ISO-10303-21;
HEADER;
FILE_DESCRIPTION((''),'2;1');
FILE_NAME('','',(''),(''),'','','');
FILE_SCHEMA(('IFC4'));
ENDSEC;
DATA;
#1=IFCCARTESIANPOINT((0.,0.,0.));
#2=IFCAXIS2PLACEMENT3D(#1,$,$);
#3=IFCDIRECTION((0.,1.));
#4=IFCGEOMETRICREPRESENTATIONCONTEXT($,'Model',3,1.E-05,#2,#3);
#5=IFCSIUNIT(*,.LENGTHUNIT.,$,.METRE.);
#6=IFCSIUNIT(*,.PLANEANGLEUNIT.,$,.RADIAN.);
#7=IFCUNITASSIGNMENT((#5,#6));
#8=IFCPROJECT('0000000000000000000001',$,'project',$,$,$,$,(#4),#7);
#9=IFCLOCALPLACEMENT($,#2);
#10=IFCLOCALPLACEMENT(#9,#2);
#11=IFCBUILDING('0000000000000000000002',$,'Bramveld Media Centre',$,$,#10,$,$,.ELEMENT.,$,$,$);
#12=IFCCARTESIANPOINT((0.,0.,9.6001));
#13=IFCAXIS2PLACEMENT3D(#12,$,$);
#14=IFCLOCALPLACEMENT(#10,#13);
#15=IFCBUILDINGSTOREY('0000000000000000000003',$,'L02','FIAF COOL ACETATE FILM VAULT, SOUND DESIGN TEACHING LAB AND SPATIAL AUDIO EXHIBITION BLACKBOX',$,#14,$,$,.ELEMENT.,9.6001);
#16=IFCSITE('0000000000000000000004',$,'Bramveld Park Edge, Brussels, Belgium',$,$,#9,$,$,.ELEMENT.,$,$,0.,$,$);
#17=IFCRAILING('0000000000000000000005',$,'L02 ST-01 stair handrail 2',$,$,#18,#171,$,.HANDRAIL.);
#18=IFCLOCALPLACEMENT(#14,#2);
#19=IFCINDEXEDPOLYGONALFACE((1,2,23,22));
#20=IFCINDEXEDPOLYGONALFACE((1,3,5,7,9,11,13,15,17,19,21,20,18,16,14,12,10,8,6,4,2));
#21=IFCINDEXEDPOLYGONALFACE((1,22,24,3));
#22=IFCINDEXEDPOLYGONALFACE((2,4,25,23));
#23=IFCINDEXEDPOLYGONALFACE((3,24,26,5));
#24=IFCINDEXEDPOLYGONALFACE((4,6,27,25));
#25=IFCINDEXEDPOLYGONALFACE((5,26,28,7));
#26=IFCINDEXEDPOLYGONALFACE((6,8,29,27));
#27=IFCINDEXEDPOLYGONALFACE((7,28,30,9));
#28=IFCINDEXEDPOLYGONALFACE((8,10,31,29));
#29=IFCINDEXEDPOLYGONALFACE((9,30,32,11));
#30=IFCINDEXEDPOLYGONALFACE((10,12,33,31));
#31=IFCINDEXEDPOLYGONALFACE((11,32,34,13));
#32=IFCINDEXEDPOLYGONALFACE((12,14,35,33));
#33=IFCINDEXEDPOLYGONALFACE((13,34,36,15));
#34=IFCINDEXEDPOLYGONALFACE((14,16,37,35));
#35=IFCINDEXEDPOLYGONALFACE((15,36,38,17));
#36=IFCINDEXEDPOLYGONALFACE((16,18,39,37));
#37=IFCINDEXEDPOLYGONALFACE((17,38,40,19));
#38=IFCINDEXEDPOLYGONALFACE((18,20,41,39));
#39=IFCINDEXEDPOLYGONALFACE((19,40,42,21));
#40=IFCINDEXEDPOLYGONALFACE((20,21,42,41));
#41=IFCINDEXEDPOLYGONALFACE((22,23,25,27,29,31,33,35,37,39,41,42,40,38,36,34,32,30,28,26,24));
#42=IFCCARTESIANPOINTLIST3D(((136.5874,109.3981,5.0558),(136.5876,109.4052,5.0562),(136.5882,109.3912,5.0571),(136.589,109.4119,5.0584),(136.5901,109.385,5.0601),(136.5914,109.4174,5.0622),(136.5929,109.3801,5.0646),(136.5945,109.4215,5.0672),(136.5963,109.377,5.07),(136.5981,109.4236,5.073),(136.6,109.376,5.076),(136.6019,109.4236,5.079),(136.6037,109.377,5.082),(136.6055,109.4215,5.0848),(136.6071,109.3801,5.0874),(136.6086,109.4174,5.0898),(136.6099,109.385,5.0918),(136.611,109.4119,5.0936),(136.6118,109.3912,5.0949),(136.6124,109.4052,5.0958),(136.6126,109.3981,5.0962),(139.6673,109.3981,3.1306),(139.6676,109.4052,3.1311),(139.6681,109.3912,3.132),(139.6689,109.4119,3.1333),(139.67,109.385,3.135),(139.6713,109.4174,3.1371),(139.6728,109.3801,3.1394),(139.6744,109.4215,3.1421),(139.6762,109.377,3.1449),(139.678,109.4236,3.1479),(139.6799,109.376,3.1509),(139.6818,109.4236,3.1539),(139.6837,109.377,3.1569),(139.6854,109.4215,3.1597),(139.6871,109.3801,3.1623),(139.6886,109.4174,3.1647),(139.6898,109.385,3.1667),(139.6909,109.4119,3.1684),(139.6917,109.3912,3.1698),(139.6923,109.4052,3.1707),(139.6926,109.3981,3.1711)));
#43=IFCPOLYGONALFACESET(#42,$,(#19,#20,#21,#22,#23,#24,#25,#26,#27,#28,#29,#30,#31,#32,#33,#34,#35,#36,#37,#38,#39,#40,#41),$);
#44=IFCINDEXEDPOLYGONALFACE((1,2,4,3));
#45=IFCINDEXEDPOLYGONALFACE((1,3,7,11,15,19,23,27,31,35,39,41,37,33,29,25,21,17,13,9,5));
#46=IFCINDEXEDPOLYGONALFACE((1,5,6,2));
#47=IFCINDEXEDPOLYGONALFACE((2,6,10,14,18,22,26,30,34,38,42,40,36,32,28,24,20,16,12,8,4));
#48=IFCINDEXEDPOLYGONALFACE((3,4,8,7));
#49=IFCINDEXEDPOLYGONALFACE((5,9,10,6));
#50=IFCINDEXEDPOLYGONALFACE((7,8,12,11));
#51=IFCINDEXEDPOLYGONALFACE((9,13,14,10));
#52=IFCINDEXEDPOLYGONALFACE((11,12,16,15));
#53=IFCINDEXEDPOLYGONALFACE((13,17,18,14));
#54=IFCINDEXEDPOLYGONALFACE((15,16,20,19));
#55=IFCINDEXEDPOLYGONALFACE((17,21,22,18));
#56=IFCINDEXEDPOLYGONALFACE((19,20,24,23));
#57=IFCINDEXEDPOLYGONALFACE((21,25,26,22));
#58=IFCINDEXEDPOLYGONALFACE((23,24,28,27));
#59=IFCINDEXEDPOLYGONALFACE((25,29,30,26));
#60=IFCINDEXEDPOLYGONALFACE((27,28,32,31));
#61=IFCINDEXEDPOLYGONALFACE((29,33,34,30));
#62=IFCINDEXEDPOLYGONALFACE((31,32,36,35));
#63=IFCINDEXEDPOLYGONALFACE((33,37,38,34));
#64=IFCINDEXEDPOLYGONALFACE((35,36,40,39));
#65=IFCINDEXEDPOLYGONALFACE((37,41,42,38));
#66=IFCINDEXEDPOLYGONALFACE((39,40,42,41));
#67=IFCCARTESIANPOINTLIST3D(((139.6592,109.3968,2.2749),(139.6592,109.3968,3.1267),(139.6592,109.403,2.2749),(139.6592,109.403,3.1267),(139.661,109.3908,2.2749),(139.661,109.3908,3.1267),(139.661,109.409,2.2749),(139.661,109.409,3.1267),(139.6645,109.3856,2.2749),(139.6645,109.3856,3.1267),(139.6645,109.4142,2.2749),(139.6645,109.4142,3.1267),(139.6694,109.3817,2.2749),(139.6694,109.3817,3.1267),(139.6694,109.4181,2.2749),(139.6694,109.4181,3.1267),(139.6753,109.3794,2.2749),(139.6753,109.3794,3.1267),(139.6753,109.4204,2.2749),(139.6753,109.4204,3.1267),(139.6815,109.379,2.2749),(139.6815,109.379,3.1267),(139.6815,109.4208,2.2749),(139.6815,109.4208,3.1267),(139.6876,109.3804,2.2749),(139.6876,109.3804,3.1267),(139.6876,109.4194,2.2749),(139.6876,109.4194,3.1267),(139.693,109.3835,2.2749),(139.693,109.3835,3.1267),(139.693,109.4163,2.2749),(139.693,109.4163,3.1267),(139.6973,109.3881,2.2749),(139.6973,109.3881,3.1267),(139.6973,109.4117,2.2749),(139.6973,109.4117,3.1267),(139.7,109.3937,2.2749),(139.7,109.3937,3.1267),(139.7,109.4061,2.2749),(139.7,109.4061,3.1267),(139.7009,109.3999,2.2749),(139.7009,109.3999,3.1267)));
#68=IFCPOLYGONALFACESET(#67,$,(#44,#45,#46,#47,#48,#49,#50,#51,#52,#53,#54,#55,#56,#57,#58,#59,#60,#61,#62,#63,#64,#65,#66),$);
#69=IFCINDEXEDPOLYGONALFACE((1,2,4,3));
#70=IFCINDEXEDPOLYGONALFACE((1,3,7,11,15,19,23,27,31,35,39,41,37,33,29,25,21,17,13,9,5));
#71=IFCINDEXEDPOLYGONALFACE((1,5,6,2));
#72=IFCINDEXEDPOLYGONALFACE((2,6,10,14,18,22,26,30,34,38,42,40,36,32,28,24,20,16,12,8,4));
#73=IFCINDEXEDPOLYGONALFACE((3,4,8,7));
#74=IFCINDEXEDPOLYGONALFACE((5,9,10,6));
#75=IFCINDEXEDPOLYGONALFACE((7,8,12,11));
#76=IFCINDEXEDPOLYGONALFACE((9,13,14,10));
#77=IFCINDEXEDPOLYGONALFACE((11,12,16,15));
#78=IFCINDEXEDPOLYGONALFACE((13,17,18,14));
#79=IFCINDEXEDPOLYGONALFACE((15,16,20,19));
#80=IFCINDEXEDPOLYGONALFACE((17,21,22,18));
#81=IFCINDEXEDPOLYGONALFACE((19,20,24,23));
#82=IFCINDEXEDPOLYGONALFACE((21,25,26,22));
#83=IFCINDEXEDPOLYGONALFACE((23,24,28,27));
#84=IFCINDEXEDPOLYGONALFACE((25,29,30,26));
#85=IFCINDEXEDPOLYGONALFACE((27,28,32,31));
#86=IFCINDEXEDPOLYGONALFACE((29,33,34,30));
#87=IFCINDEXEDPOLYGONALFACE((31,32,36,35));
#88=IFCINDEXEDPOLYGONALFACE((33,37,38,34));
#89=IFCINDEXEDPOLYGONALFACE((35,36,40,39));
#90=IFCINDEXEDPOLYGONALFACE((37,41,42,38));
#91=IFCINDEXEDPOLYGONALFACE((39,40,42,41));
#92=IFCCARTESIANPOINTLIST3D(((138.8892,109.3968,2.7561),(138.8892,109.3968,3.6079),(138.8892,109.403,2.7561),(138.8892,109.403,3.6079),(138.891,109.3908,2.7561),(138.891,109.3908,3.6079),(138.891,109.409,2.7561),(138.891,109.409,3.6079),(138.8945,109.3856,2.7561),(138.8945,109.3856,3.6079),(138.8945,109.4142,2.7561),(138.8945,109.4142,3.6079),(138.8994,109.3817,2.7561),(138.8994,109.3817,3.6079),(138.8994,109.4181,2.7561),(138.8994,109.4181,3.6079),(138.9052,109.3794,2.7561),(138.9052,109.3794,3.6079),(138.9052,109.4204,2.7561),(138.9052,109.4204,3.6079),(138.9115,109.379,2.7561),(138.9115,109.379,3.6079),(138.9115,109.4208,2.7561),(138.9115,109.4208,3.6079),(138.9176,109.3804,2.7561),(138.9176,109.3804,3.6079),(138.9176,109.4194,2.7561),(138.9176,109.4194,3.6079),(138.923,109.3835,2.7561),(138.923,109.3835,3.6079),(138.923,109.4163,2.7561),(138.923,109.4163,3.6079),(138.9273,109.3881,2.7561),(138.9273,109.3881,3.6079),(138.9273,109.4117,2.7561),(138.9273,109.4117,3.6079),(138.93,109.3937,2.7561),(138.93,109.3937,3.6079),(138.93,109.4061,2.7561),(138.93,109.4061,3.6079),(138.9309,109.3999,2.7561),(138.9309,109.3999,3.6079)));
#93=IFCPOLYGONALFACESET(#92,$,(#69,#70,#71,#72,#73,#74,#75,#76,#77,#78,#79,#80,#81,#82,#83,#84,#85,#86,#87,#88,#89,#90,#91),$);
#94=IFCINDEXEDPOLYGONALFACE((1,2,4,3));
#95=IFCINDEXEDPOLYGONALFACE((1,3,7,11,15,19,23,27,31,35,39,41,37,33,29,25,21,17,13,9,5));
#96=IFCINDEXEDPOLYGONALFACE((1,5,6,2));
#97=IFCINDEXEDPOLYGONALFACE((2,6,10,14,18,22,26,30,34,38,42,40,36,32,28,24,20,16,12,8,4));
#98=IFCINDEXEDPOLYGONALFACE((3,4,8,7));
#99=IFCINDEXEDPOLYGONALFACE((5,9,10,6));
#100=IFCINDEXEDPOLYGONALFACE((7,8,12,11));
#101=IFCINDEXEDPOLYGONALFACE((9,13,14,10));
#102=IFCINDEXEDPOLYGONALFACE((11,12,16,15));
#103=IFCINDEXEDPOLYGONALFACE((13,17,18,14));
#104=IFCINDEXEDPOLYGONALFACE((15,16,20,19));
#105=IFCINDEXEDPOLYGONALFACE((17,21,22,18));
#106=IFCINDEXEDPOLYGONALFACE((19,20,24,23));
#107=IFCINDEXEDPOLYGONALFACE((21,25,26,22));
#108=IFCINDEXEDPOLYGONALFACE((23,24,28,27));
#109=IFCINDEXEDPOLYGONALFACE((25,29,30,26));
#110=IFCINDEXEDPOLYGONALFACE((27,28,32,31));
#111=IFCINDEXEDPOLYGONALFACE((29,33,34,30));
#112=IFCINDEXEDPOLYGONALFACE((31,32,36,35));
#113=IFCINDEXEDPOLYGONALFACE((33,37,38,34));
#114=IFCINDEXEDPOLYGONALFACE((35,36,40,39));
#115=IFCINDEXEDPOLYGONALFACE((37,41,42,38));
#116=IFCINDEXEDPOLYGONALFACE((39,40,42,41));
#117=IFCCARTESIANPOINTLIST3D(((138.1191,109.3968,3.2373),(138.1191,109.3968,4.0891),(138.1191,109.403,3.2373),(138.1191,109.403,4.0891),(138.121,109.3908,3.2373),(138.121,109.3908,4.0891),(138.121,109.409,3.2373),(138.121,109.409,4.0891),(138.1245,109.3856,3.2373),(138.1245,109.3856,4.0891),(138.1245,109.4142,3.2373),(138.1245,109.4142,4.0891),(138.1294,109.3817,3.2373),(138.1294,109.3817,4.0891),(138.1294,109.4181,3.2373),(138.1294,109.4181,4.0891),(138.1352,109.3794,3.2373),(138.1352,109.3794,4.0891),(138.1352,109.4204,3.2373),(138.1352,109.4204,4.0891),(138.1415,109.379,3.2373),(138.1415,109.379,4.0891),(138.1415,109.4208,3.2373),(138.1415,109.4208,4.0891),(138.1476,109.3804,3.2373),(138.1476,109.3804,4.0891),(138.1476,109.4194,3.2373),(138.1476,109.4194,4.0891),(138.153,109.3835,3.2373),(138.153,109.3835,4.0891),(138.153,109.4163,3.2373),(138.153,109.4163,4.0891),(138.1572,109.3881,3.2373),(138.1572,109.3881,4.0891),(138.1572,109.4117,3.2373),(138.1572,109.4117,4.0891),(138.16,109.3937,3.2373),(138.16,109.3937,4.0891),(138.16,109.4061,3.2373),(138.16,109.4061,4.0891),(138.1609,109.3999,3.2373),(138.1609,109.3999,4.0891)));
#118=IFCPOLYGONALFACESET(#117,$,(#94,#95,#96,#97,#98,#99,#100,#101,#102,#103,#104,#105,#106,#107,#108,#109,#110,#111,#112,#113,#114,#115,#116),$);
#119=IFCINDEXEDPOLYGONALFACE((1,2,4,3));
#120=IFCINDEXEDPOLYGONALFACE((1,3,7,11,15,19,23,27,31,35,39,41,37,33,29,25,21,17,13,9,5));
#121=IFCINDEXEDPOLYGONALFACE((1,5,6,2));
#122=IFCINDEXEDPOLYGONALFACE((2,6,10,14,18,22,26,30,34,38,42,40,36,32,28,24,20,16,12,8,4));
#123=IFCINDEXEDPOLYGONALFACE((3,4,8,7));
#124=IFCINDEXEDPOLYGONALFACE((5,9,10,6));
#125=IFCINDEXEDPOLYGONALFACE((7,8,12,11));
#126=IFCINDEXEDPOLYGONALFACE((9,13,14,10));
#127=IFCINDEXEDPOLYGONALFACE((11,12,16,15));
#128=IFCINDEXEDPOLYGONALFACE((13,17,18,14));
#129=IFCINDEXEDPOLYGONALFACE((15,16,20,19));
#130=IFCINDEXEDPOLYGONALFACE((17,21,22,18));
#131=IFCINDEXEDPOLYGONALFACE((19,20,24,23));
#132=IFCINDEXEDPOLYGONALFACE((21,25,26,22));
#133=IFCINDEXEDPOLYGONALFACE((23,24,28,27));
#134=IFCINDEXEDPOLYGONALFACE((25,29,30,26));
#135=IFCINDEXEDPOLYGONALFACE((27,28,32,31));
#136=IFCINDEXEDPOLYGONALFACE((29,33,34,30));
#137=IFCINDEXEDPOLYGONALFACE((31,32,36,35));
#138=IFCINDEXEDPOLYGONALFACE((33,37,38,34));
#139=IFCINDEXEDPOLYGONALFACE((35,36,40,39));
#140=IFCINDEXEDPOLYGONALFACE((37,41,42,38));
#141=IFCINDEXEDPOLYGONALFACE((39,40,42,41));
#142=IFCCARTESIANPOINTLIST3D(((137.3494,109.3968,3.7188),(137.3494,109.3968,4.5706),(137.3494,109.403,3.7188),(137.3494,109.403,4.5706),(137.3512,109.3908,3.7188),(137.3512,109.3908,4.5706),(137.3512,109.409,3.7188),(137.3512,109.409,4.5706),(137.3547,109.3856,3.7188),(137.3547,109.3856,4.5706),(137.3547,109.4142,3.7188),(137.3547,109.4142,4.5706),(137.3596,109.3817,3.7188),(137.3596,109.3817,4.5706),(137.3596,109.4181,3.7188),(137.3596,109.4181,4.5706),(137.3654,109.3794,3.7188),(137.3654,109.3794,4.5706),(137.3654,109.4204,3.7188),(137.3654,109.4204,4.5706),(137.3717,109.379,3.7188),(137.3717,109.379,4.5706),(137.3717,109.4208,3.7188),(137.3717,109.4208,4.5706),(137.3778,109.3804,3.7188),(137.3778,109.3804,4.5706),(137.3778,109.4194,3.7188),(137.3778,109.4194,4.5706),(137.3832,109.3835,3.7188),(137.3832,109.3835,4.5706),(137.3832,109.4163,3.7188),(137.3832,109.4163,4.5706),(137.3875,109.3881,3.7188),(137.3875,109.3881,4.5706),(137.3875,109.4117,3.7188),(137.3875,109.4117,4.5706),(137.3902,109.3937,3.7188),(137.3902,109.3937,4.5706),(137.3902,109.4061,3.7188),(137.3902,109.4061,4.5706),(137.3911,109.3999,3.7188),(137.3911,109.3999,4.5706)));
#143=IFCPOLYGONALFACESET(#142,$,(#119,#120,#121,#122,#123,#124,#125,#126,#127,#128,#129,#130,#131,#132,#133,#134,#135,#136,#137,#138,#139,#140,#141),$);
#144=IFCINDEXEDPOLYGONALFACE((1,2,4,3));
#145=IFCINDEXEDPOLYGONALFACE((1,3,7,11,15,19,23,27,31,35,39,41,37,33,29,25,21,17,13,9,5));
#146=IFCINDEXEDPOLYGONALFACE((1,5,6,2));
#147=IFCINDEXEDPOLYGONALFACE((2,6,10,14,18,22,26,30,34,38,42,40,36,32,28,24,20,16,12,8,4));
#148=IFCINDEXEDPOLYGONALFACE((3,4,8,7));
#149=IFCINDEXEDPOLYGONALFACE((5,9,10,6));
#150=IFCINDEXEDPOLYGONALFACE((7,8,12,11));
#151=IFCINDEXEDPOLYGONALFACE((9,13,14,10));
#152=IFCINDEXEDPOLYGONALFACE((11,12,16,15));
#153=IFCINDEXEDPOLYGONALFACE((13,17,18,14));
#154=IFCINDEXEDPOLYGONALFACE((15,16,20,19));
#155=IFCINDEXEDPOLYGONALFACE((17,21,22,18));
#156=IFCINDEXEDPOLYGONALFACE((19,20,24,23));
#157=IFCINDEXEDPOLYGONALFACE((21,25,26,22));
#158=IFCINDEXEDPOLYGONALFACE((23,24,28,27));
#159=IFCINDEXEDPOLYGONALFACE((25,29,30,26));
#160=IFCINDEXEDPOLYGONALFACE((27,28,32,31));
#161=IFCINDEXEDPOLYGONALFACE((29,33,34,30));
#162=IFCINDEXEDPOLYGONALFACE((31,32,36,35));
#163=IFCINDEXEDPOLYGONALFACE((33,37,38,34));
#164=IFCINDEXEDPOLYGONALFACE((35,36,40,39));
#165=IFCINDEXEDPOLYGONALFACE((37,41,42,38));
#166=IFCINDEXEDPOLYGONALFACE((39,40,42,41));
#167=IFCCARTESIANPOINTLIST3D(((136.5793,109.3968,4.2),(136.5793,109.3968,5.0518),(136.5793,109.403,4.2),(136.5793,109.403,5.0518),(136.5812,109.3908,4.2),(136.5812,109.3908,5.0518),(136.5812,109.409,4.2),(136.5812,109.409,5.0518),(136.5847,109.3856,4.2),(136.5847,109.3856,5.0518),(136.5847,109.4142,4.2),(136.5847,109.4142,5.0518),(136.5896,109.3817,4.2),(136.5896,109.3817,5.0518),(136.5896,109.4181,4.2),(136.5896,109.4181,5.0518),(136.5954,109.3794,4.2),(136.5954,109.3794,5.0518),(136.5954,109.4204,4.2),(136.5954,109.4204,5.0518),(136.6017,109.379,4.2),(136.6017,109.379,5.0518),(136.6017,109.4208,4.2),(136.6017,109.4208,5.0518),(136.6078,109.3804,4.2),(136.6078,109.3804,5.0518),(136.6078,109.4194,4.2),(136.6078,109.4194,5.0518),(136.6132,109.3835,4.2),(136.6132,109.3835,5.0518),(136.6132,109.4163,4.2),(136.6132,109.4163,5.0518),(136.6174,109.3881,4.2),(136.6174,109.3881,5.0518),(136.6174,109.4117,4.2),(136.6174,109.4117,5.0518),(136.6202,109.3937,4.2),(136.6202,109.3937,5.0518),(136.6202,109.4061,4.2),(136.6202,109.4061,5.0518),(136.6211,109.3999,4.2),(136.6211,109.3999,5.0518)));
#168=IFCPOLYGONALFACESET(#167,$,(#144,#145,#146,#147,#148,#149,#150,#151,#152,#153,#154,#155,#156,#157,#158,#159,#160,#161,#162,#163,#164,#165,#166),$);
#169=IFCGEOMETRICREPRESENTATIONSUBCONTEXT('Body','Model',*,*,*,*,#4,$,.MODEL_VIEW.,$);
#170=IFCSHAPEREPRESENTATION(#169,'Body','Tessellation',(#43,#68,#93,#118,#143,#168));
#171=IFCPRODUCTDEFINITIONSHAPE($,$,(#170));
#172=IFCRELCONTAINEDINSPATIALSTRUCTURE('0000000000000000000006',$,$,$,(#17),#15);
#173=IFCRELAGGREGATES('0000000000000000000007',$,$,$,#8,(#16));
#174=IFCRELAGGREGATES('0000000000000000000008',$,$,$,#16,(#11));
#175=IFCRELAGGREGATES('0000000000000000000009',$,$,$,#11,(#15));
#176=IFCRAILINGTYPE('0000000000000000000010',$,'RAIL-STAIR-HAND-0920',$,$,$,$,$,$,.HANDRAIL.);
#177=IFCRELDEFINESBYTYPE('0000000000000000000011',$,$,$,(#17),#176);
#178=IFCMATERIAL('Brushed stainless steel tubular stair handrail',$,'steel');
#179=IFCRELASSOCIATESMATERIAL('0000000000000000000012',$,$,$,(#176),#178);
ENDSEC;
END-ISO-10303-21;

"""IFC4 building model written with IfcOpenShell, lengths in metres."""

from ifc_helpers import new_model, si_unit, direction, frame, origin, origin_2d, place, context, subcontext, project, spatial, circle, extrude, material, type_object, element, save


model = new_model("IFC4")

# Units and contexts
model_context = context("Model", 3, precision=1e-05, world=origin(), true_north=direction((0.0, 1.0)))
body_context = subcontext(model_context, "Body", "Model", "MODEL_VIEW")
ifc_project = project(units=[si_unit("LENGTHUNIT", "METRE"), si_unit("PLANEANGLEUNIT", "RADIAN")], contexts=[model_context])

# Site, building, storey
site_placement = place(None, origin())
site = spatial("IfcSite", under=ifc_project, at=site_placement, Name="Bramveld Park Edge, Brussels, Belgium", CompositionType="ELEMENT", RefElevation=0.0)
building_placement = place(site_placement, origin())
building = spatial("IfcBuilding", under=site, at=building_placement, Name="Bramveld Media Centre", CompositionType="ELEMENT")
storey_placement = place(building_placement, frame((0.0, 0.0, 9.6001)))
storey = spatial("IfcBuildingStorey", under=building, at=storey_placement, Name="L02", Description="FIAF COOL ACETATE FILM VAULT, SOUND DESIGN TEACHING LAB AND SPATIAL AUDIO EXHIBITION BLACKBOX", CompositionType="ELEMENT", Elevation=9.6001)

# Railing
ifc_material_1 = material(Name="Brushed stainless steel tubular stair handrail", Category="steel")
railing_type_1 = type_object("IfcRailingType", Name="RAIL-STAIR-HAND-0920", PredefinedType="HANDRAIL", material=ifc_material_1)
railing_1_placement = place(storey_placement, frame((139.6799, 109.3999, 2.2749)))
element("IfcRailing", 1, at=railing_1_placement, inside=storey, type_object=railing_type_1, Name="L02 ST-01 stair handrail 2", PredefinedType="HANDRAIL", context=body_context, shape_type="SweptSolid", body=[
    extrude(circle(Radius=0.0239, at=origin_2d()), frame((0.0, 0.0, 0.876), z_axis=(-0.847979, 0.0, 0.530029), x_axis=(0.0, -1.0, 0.0)), (0.0, 0.0, 1.0), 3.6321),
    extrude(circle(Radius=0.021, at=origin_2d()), origin(), (0.0, 0.0, 1.0), 0.8518),
    extrude(circle(Radius=0.021, at=origin_2d()), frame((-0.77, 0.0, 0.4812)), (0.0, 0.0, 1.0), 0.8518),
    extrude(circle(Radius=0.021, at=origin_2d()), frame((-1.54, 0.0, 0.9624)), (0.0, 0.0, 1.0), 0.8518),
    extrude(circle(Radius=0.021, at=origin_2d()), frame((-2.3098, 0.0, 1.4438)), (0.0, 0.0, 1.0), 0.8518),
    extrude(circle(Radius=0.021, at=origin_2d()), frame((-3.0798, 0.0, 1.925)), (0.0, 0.0, 1.0), 0.8518),
])

save(model, "model.ifc")
